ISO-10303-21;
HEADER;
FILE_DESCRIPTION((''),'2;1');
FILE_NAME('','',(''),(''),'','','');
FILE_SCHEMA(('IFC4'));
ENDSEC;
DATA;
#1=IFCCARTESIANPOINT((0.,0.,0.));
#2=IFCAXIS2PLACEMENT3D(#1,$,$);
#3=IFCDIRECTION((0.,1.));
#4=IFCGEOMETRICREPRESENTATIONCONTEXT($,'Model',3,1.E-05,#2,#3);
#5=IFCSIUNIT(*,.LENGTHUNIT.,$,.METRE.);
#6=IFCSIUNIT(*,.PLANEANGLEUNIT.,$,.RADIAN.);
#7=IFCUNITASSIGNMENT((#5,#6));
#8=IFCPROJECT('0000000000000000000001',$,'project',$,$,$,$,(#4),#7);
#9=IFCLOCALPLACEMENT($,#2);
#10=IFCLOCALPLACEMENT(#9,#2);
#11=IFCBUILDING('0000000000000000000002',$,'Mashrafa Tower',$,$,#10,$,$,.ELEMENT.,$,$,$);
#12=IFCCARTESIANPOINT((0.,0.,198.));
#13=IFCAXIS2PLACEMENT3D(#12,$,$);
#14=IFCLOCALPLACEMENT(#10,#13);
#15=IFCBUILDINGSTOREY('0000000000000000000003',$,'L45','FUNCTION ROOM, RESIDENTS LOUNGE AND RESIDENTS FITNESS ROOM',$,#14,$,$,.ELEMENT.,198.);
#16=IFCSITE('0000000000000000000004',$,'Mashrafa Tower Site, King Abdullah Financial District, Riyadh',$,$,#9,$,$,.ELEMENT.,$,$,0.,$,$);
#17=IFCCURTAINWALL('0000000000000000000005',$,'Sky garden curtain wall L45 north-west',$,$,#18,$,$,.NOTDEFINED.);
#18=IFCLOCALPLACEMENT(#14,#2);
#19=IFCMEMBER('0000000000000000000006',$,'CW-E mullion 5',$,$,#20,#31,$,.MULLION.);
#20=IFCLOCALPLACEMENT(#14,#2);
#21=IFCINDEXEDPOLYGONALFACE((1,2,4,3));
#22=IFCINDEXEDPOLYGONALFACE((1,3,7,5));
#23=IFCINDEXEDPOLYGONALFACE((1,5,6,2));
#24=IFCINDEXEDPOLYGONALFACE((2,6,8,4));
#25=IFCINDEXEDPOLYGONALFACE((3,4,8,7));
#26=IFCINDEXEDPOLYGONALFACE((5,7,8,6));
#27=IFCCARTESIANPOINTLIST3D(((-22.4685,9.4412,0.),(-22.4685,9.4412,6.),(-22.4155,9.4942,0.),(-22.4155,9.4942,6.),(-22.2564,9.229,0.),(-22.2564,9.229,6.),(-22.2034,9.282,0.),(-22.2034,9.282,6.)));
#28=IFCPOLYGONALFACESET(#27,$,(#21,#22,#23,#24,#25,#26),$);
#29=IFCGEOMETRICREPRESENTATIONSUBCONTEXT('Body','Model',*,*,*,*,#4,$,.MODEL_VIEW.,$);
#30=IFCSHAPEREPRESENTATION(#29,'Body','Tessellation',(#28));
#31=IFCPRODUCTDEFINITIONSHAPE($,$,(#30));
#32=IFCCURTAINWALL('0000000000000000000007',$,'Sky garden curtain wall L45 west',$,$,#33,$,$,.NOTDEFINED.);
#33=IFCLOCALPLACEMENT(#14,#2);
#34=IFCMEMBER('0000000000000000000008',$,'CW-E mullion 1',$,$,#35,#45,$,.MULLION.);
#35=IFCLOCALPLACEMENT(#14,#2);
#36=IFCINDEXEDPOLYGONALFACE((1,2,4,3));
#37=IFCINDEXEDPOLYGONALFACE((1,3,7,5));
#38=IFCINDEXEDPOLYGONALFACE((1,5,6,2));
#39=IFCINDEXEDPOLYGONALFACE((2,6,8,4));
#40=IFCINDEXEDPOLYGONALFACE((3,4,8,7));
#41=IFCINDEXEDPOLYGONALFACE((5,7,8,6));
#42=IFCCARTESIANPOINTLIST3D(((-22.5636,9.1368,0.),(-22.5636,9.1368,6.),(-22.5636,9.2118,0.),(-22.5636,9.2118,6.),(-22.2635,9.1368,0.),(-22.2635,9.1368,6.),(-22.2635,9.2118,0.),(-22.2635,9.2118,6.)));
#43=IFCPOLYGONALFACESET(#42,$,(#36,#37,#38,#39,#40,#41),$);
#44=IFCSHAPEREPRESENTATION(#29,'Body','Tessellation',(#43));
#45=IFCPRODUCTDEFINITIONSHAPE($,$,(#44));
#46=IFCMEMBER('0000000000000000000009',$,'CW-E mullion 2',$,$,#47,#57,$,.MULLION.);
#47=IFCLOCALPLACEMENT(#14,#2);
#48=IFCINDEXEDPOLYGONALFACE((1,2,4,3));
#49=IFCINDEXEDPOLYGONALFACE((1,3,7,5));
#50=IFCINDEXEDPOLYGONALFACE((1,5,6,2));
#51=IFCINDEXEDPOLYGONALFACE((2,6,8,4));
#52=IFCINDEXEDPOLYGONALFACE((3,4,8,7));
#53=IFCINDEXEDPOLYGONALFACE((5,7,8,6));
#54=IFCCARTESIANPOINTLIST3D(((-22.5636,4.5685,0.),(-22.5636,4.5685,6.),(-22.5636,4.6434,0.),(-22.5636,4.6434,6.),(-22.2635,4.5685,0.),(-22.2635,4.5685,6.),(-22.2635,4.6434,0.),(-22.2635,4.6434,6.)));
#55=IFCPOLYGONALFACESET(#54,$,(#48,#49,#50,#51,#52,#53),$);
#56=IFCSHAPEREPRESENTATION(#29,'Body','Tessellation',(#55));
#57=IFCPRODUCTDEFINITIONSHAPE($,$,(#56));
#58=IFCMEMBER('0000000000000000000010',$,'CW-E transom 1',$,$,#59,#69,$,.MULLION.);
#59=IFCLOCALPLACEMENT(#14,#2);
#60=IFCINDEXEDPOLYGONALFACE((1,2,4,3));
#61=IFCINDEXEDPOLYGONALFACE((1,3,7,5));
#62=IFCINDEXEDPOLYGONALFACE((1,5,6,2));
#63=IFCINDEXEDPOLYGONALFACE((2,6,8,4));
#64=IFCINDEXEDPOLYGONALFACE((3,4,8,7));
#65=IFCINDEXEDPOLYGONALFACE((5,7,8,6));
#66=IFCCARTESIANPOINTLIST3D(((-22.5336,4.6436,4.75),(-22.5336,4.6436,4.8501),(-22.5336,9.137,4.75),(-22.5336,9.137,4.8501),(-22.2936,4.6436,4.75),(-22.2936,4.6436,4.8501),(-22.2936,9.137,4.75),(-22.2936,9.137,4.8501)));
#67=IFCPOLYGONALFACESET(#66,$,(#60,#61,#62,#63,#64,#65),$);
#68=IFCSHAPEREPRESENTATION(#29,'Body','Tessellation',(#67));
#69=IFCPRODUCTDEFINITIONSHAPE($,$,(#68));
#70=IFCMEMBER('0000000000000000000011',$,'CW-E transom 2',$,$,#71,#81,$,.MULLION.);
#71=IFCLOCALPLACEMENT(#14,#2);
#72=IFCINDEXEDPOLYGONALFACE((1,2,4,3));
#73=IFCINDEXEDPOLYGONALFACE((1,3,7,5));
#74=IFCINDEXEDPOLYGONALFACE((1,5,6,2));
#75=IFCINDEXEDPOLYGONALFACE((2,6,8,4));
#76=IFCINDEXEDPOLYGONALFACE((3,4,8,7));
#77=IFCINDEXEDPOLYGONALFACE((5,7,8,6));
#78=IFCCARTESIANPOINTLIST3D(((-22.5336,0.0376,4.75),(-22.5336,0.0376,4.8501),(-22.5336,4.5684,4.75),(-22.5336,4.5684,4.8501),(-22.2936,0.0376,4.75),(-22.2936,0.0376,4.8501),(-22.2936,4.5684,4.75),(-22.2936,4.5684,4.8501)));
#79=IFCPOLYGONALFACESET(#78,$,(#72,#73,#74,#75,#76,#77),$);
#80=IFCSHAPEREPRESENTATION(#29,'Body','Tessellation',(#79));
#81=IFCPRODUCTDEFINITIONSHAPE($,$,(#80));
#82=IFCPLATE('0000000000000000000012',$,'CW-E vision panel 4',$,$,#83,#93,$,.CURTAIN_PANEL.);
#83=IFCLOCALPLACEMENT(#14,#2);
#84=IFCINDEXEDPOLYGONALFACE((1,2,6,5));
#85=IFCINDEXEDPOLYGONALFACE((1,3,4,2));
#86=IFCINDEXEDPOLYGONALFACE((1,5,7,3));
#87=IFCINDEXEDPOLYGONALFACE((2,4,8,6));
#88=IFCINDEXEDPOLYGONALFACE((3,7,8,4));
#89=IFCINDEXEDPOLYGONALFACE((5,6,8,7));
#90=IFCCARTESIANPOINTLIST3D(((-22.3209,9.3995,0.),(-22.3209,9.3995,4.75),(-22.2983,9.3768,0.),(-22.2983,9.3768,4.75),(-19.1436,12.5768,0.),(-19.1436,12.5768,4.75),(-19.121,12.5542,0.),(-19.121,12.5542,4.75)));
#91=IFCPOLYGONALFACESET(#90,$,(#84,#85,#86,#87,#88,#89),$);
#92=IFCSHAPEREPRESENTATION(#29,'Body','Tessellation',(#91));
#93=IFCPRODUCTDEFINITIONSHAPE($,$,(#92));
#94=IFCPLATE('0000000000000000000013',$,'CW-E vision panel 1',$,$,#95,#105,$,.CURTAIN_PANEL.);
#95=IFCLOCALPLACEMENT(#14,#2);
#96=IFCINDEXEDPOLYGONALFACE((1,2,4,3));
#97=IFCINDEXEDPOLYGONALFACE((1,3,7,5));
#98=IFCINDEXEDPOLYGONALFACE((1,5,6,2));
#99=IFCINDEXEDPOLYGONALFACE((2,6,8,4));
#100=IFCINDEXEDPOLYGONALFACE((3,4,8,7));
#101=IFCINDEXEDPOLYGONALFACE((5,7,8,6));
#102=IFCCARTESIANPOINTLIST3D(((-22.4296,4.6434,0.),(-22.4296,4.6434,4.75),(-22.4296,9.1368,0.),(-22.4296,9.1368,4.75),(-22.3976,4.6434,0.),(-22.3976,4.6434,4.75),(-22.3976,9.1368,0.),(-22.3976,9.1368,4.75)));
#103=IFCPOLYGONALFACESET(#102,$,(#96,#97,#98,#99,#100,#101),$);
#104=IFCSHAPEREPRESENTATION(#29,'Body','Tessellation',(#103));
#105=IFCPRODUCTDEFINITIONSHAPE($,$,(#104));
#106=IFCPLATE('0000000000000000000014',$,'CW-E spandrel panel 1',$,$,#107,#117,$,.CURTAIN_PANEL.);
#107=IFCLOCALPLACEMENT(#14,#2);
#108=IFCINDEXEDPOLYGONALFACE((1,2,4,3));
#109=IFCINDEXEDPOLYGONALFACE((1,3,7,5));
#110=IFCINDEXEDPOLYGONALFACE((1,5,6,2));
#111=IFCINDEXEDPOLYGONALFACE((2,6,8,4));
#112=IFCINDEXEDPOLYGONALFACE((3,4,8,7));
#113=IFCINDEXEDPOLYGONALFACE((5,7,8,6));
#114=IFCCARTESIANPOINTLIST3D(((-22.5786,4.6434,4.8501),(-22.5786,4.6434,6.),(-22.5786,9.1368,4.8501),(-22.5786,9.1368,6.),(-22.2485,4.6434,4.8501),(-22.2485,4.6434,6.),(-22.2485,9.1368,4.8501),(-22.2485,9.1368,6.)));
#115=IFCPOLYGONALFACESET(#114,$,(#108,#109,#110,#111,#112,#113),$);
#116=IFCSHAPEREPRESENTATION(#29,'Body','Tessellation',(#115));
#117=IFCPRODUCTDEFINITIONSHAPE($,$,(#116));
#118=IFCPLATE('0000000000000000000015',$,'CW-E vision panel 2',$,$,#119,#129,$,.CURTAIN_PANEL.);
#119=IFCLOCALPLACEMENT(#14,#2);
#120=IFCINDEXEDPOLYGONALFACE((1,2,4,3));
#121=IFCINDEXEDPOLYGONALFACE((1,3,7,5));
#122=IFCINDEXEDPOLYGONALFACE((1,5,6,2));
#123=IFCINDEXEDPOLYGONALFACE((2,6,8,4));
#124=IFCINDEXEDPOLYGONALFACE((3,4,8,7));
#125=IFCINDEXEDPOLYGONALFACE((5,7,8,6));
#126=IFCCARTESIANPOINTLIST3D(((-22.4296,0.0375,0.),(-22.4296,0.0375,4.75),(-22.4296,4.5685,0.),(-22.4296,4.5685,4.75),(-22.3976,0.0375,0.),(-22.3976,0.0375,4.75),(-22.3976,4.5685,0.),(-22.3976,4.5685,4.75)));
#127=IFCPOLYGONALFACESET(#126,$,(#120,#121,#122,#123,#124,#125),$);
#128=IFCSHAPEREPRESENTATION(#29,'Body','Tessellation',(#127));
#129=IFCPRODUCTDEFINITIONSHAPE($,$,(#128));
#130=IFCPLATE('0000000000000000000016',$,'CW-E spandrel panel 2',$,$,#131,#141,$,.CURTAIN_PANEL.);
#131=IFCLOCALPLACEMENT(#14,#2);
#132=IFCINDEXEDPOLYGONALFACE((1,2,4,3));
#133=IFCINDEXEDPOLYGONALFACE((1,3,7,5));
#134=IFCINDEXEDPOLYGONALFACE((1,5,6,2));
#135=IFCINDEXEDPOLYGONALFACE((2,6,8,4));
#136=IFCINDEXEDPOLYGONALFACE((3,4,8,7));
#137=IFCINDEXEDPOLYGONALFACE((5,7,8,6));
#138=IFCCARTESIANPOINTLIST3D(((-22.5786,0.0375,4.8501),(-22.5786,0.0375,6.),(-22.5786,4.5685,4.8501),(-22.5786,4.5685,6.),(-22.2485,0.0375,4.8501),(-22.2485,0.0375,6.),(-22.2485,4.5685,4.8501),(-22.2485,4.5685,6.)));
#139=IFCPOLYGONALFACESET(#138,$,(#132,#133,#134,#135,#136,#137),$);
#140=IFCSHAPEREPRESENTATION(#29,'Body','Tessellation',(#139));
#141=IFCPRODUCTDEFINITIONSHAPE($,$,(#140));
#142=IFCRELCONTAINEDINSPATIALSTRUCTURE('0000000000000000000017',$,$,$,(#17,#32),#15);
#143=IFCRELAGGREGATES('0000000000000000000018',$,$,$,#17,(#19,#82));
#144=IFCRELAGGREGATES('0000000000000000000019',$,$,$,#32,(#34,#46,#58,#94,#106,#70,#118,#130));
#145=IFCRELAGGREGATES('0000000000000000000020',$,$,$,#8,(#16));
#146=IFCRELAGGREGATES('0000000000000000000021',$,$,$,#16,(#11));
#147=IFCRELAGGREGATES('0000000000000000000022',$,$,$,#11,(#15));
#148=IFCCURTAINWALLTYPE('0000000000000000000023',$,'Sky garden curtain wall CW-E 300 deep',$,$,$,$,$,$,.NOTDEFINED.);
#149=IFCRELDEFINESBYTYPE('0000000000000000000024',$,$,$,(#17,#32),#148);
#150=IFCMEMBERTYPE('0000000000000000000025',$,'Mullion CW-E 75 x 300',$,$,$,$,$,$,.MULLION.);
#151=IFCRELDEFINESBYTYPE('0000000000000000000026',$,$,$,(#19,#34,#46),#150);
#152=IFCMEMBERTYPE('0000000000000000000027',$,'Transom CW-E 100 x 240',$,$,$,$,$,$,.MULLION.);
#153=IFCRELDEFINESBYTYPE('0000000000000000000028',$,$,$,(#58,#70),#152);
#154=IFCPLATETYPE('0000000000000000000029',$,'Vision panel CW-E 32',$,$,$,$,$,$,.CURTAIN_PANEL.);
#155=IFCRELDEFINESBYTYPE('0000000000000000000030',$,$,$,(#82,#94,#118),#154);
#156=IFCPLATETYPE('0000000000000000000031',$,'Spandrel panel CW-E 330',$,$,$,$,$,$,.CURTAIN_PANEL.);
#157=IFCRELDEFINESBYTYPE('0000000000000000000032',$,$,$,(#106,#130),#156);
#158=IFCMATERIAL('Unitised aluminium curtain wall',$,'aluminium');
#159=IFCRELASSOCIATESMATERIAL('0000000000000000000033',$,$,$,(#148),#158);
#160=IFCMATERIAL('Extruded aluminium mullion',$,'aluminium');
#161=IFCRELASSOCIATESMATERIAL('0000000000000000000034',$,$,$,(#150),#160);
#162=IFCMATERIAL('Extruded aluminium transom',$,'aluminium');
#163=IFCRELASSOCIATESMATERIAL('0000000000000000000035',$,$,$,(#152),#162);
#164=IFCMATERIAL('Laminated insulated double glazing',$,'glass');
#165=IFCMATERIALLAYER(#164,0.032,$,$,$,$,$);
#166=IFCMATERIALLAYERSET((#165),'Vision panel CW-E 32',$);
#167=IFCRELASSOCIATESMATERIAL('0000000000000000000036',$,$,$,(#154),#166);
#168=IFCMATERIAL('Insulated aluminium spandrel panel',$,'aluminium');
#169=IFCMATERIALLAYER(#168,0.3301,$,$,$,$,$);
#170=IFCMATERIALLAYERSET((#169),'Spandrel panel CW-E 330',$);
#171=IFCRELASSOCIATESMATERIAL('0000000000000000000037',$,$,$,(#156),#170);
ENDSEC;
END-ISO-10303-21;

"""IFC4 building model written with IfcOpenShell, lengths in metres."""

from ifc_helpers import new_model, si_unit, direction, frame, origin, origin_2d, place, context, subcontext, project, spatial, rectangle, extrude, source, transform, mapped, material, layer, layer_set, material_profile, profile_set, type_object, type_shapes, element, aggregate, save


model = new_model("IFC4")

# Units and contexts
model_context = context("Model", 3, precision=1e-05, world=origin(), true_north=direction((0.0, 1.0)))
body_context = subcontext(model_context, "Body", "Model", "MODEL_VIEW")
ifc_project = project(units=[si_unit("LENGTHUNIT", "METRE"), si_unit("PLANEANGLEUNIT", "RADIAN")], contexts=[model_context])

# Site, building, storey
site_placement = place(None, origin())
site = spatial("IfcSite", under=ifc_project, at=site_placement, Name="Mashrafa Tower Site, King Abdullah Financial District, Riyadh", CompositionType="ELEMENT", RefElevation=0.0)
building_placement = place(site_placement, origin())
building = spatial("IfcBuilding", under=site, at=building_placement, Name="Mashrafa Tower", CompositionType="ELEMENT")
storey_placement = place(building_placement, frame((0.0, 0.0, 198.0)))
storey = spatial("IfcBuildingStorey", under=building, at=storey_placement, Name="L45", Description="FUNCTION ROOM, RESIDENTS LOUNGE AND RESIDENTS FITNESS ROOM", CompositionType="ELEMENT", Elevation=198.0)

# Curtain wall, member
ifc_material_1 = material(Name="Unitised aluminium curtain wall", Category="aluminium")
curtain_wall_type = type_object("IfcCurtainWallType", Name="Sky garden curtain wall CW-E 300 deep", PredefinedType="NOTDEFINED", material=ifc_material_1)
curtain_wall_1_placement = place(storey_placement, origin())
curtain_wall_1 = element("IfcCurtainWall", 1, at=curtain_wall_1_placement, inside=storey, type_object=curtain_wall_type, Name="Sky garden curtain wall L45 north-west", PredefinedType="NOTDEFINED")
ifc_material_2 = material(Name="Extruded aluminium mullion", Category="aluminium")
ifc_material_profile_1 = material_profile(ifc_material_2, rectangle(XDim=0.3, YDim=0.075, at=origin_2d()), Name="Mullion 75x300")
ifc_profile_set_1 = profile_set([ifc_material_profile_1], Name="Extruded aluminium mullion")
member_type_1 = type_object("IfcMemberType", Name="Mullion CW-E 75 x 300", PredefinedType="MULLION", material=ifc_profile_set_1)
shared_shape_1 = source(origin(), body_context, "Body", "SweptSolid", [
    extrude(rectangle(XDim=0.3, YDim=0.075, at=origin_2d()), origin(), (0.0, 0.0, 1.0), 6.0),
])
type_shapes(member_type_1, [shared_shape_1])
member_1_placement = place(storey_placement, frame((-22.3359, 9.3616, 0.0), z_axis=(0.0, 0.0, 1.0), x_axis=(0.707107, -0.707107, 0.0)))
member_1 = element("IfcMember", 2, at=member_1_placement, type_object=member_type_1, Name="CW-E mullion 5", PredefinedType="MULLION", context=body_context, shape_type="MappedRepresentation", body=[
    mapped(shared_shape_1, transform((0.0, 0.0, 0.0))),
])

# Curtain wall, members
curtain_wall_2_placement = place(storey_placement, origin())
curtain_wall_2 = element("IfcCurtainWall", 3, at=curtain_wall_2_placement, inside=storey, type_object=curtain_wall_type, Name="Sky garden curtain wall L45 west", PredefinedType="NOTDEFINED")
member_2_placement = place(storey_placement, frame((-22.4136, 9.1743, 0.0), z_axis=(0.0, 0.0, 1.0), x_axis=(1.0, 0.0, 0.0)))
member_2 = element("IfcMember", 4, at=member_2_placement, type_object=member_type_1, Name="CW-E mullion 1", PredefinedType="MULLION", context=body_context, shape_type="MappedRepresentation", body=[
    mapped(shared_shape_1, transform((0.0, 0.0, 0.0))),
])
member_3_placement = place(storey_placement, frame((-22.4136, 4.606, 0.0), z_axis=(0.0, 0.0, 1.0), x_axis=(1.0, 0.0, 0.0)))
member_3 = element("IfcMember", 5, at=member_3_placement, type_object=member_type_1, Name="CW-E mullion 2", PredefinedType="MULLION", context=body_context, shape_type="MappedRepresentation", body=[
    mapped(shared_shape_1, transform((0.0, 0.0, 0.0))),
])
ifc_material_3 = material(Name="Extruded aluminium transom", Category="aluminium")
ifc_material_profile_2 = material_profile(ifc_material_3, rectangle(XDim=0.24, YDim=0.1001, at=origin_2d()), Name="Transom 100x240")
ifc_profile_set_2 = profile_set([ifc_material_profile_2], Name="Extruded aluminium transom")
member_type_2 = type_object("IfcMemberType", Name="Transom CW-E 100 x 240", PredefinedType="MULLION", material=ifc_profile_set_2)
shared_shape_2 = source(origin(), body_context, "Body", "SweptSolid", [
    extrude(rectangle(XDim=0.24, YDim=0.1001, at=origin_2d()), origin(), (0.0, 0.0, 1.0), 4.4934),
])
member_4_placement = place(storey_placement, frame((-22.4136, 9.137, 4.8), z_axis=(0.0, -1.0, 0.0), x_axis=(1.0, 0.0, 0.0)))
member_4 = element("IfcMember", 6, at=member_4_placement, type_object=member_type_2, Name="CW-E transom 1", PredefinedType="MULLION", context=body_context, shape_type="MappedRepresentation", body=[
    mapped(shared_shape_2, transform((0.0, 0.0, 0.0))),
])
shared_shape_3 = source(origin(), body_context, "Body", "SweptSolid", [
    extrude(rectangle(XDim=0.24, YDim=0.1001, at=origin_2d()), origin(), (0.0, 0.0, 1.0), 4.5308),
])
type_shapes(member_type_2, [shared_shape_2, shared_shape_3])
member_5_placement = place(storey_placement, frame((-22.4136, 4.5684, 4.8), z_axis=(0.0, -1.0, 0.0), x_axis=(1.0, 0.0, 0.0)))
member_5 = element("IfcMember", 7, at=member_5_placement, type_object=member_type_2, Name="CW-E transom 2", PredefinedType="MULLION", context=body_context, shape_type="MappedRepresentation", body=[
    mapped(shared_shape_3, transform((0.0, 0.0, 0.0))),
])

# Plates
ifc_material_4 = material(Name="Laminated insulated double glazing", Category="glass")
ifc_layer_1 = layer(ifc_material_4, 0.032)
ifc_layer_set_1 = layer_set([ifc_layer_1], Name="Vision panel CW-E 32")
plate_type_1 = type_object("IfcPlateType", Name="Vision panel CW-E 32", PredefinedType="CURTAIN_PANEL", material=ifc_layer_set_1)
shared_shape_4 = source(origin(), body_context, "Body", "SweptSolid", [
    extrude(rectangle(XDim=4.4934, YDim=0.032, at=origin_2d()), origin(), (0.0, 0.0, 1.0), 4.75),
])
plate_1_placement = place(storey_placement, frame((-20.7209, 10.9768, 0.0), z_axis=(0.0, 0.0, 1.0), x_axis=(-0.707107, -0.707107, 0.0)))
plate_1 = element("IfcPlate", 8, at=plate_1_placement, type_object=plate_type_1, Name="CW-E vision panel 4", PredefinedType="CURTAIN_PANEL", context=body_context, shape_type="MappedRepresentation", body=[
    mapped(shared_shape_4, transform((0.0, 0.0, 0.0))),
])
aggregate(curtain_wall_1, [member_1, plate_1])
plate_2_placement = place(storey_placement, frame((-22.4136, 6.8901, 0.0), z_axis=(0.0, 0.0, 1.0), x_axis=(0.0, -1.0, 0.0)))
plate_2 = element("IfcPlate", 9, at=plate_2_placement, type_object=plate_type_1, Name="CW-E vision panel 1", PredefinedType="CURTAIN_PANEL", context=body_context, shape_type="MappedRepresentation", body=[
    mapped(shared_shape_4, transform((0.0, 0.0, 0.0))),
])
ifc_material_5 = material(Name="Insulated aluminium spandrel panel", Category="aluminium")
ifc_layer_2 = layer(ifc_material_5, 0.3301)
ifc_layer_set_2 = layer_set([ifc_layer_2], Name="Spandrel panel CW-E 330")
plate_type_2 = type_object("IfcPlateType", Name="Spandrel panel CW-E 330", PredefinedType="CURTAIN_PANEL", material=ifc_layer_set_2)
shared_shape_5 = source(origin(), body_context, "Body", "SweptSolid", [
    extrude(rectangle(XDim=4.4934, YDim=0.3301, at=origin_2d()), origin(), (0.0, 0.0, 1.0), 1.1499),
])
plate_3_placement = place(storey_placement, frame((-22.4136, 6.8901, 4.8501), z_axis=(0.0, 0.0, 1.0), x_axis=(0.0, -1.0, 0.0)))
plate_3 = element("IfcPlate", 10, at=plate_3_placement, type_object=plate_type_2, Name="CW-E spandrel panel 1", PredefinedType="CURTAIN_PANEL", context=body_context, shape_type="MappedRepresentation", body=[
    mapped(shared_shape_5, transform((0.0, 0.0, 0.0))),
])
shared_shape_6 = source(origin(), body_context, "Body", "SweptSolid", [
    extrude(rectangle(XDim=4.531, YDim=0.032, at=origin_2d()), origin(), (0.0, 0.0, 1.0), 4.75),
])
type_shapes(plate_type_1, [shared_shape_4, shared_shape_6])
plate_4_placement = place(storey_placement, frame((-22.4136, 2.303, 0.0), z_axis=(0.0, 0.0, 1.0), x_axis=(0.0, -1.0, 0.0)))
plate_4 = element("IfcPlate", 11, at=plate_4_placement, type_object=plate_type_1, Name="CW-E vision panel 2", PredefinedType="CURTAIN_PANEL", context=body_context, shape_type="MappedRepresentation", body=[
    mapped(shared_shape_6, transform((0.0, 0.0, 0.0))),
])
shared_shape_7 = source(origin(), body_context, "Body", "SweptSolid", [
    extrude(rectangle(XDim=4.531, YDim=0.3301, at=origin_2d()), origin(), (0.0, 0.0, 1.0), 1.1499),
])
type_shapes(plate_type_2, [shared_shape_5, shared_shape_7])
plate_5_placement = place(storey_placement, frame((-22.4136, 2.303, 4.8501), z_axis=(0.0, 0.0, 1.0), x_axis=(0.0, -1.0, 0.0)))
plate_5 = element("IfcPlate", 12, at=plate_5_placement, type_object=plate_type_2, Name="CW-E spandrel panel 2", PredefinedType="CURTAIN_PANEL", context=body_context, shape_type="MappedRepresentation", body=[
    mapped(shared_shape_7, transform((0.0, 0.0, 0.0))),
])
aggregate(curtain_wall_2, [member_2, member_3, member_4, plate_2, plate_3, member_5, plate_4, plate_5])

save(model, "model.ifc")
